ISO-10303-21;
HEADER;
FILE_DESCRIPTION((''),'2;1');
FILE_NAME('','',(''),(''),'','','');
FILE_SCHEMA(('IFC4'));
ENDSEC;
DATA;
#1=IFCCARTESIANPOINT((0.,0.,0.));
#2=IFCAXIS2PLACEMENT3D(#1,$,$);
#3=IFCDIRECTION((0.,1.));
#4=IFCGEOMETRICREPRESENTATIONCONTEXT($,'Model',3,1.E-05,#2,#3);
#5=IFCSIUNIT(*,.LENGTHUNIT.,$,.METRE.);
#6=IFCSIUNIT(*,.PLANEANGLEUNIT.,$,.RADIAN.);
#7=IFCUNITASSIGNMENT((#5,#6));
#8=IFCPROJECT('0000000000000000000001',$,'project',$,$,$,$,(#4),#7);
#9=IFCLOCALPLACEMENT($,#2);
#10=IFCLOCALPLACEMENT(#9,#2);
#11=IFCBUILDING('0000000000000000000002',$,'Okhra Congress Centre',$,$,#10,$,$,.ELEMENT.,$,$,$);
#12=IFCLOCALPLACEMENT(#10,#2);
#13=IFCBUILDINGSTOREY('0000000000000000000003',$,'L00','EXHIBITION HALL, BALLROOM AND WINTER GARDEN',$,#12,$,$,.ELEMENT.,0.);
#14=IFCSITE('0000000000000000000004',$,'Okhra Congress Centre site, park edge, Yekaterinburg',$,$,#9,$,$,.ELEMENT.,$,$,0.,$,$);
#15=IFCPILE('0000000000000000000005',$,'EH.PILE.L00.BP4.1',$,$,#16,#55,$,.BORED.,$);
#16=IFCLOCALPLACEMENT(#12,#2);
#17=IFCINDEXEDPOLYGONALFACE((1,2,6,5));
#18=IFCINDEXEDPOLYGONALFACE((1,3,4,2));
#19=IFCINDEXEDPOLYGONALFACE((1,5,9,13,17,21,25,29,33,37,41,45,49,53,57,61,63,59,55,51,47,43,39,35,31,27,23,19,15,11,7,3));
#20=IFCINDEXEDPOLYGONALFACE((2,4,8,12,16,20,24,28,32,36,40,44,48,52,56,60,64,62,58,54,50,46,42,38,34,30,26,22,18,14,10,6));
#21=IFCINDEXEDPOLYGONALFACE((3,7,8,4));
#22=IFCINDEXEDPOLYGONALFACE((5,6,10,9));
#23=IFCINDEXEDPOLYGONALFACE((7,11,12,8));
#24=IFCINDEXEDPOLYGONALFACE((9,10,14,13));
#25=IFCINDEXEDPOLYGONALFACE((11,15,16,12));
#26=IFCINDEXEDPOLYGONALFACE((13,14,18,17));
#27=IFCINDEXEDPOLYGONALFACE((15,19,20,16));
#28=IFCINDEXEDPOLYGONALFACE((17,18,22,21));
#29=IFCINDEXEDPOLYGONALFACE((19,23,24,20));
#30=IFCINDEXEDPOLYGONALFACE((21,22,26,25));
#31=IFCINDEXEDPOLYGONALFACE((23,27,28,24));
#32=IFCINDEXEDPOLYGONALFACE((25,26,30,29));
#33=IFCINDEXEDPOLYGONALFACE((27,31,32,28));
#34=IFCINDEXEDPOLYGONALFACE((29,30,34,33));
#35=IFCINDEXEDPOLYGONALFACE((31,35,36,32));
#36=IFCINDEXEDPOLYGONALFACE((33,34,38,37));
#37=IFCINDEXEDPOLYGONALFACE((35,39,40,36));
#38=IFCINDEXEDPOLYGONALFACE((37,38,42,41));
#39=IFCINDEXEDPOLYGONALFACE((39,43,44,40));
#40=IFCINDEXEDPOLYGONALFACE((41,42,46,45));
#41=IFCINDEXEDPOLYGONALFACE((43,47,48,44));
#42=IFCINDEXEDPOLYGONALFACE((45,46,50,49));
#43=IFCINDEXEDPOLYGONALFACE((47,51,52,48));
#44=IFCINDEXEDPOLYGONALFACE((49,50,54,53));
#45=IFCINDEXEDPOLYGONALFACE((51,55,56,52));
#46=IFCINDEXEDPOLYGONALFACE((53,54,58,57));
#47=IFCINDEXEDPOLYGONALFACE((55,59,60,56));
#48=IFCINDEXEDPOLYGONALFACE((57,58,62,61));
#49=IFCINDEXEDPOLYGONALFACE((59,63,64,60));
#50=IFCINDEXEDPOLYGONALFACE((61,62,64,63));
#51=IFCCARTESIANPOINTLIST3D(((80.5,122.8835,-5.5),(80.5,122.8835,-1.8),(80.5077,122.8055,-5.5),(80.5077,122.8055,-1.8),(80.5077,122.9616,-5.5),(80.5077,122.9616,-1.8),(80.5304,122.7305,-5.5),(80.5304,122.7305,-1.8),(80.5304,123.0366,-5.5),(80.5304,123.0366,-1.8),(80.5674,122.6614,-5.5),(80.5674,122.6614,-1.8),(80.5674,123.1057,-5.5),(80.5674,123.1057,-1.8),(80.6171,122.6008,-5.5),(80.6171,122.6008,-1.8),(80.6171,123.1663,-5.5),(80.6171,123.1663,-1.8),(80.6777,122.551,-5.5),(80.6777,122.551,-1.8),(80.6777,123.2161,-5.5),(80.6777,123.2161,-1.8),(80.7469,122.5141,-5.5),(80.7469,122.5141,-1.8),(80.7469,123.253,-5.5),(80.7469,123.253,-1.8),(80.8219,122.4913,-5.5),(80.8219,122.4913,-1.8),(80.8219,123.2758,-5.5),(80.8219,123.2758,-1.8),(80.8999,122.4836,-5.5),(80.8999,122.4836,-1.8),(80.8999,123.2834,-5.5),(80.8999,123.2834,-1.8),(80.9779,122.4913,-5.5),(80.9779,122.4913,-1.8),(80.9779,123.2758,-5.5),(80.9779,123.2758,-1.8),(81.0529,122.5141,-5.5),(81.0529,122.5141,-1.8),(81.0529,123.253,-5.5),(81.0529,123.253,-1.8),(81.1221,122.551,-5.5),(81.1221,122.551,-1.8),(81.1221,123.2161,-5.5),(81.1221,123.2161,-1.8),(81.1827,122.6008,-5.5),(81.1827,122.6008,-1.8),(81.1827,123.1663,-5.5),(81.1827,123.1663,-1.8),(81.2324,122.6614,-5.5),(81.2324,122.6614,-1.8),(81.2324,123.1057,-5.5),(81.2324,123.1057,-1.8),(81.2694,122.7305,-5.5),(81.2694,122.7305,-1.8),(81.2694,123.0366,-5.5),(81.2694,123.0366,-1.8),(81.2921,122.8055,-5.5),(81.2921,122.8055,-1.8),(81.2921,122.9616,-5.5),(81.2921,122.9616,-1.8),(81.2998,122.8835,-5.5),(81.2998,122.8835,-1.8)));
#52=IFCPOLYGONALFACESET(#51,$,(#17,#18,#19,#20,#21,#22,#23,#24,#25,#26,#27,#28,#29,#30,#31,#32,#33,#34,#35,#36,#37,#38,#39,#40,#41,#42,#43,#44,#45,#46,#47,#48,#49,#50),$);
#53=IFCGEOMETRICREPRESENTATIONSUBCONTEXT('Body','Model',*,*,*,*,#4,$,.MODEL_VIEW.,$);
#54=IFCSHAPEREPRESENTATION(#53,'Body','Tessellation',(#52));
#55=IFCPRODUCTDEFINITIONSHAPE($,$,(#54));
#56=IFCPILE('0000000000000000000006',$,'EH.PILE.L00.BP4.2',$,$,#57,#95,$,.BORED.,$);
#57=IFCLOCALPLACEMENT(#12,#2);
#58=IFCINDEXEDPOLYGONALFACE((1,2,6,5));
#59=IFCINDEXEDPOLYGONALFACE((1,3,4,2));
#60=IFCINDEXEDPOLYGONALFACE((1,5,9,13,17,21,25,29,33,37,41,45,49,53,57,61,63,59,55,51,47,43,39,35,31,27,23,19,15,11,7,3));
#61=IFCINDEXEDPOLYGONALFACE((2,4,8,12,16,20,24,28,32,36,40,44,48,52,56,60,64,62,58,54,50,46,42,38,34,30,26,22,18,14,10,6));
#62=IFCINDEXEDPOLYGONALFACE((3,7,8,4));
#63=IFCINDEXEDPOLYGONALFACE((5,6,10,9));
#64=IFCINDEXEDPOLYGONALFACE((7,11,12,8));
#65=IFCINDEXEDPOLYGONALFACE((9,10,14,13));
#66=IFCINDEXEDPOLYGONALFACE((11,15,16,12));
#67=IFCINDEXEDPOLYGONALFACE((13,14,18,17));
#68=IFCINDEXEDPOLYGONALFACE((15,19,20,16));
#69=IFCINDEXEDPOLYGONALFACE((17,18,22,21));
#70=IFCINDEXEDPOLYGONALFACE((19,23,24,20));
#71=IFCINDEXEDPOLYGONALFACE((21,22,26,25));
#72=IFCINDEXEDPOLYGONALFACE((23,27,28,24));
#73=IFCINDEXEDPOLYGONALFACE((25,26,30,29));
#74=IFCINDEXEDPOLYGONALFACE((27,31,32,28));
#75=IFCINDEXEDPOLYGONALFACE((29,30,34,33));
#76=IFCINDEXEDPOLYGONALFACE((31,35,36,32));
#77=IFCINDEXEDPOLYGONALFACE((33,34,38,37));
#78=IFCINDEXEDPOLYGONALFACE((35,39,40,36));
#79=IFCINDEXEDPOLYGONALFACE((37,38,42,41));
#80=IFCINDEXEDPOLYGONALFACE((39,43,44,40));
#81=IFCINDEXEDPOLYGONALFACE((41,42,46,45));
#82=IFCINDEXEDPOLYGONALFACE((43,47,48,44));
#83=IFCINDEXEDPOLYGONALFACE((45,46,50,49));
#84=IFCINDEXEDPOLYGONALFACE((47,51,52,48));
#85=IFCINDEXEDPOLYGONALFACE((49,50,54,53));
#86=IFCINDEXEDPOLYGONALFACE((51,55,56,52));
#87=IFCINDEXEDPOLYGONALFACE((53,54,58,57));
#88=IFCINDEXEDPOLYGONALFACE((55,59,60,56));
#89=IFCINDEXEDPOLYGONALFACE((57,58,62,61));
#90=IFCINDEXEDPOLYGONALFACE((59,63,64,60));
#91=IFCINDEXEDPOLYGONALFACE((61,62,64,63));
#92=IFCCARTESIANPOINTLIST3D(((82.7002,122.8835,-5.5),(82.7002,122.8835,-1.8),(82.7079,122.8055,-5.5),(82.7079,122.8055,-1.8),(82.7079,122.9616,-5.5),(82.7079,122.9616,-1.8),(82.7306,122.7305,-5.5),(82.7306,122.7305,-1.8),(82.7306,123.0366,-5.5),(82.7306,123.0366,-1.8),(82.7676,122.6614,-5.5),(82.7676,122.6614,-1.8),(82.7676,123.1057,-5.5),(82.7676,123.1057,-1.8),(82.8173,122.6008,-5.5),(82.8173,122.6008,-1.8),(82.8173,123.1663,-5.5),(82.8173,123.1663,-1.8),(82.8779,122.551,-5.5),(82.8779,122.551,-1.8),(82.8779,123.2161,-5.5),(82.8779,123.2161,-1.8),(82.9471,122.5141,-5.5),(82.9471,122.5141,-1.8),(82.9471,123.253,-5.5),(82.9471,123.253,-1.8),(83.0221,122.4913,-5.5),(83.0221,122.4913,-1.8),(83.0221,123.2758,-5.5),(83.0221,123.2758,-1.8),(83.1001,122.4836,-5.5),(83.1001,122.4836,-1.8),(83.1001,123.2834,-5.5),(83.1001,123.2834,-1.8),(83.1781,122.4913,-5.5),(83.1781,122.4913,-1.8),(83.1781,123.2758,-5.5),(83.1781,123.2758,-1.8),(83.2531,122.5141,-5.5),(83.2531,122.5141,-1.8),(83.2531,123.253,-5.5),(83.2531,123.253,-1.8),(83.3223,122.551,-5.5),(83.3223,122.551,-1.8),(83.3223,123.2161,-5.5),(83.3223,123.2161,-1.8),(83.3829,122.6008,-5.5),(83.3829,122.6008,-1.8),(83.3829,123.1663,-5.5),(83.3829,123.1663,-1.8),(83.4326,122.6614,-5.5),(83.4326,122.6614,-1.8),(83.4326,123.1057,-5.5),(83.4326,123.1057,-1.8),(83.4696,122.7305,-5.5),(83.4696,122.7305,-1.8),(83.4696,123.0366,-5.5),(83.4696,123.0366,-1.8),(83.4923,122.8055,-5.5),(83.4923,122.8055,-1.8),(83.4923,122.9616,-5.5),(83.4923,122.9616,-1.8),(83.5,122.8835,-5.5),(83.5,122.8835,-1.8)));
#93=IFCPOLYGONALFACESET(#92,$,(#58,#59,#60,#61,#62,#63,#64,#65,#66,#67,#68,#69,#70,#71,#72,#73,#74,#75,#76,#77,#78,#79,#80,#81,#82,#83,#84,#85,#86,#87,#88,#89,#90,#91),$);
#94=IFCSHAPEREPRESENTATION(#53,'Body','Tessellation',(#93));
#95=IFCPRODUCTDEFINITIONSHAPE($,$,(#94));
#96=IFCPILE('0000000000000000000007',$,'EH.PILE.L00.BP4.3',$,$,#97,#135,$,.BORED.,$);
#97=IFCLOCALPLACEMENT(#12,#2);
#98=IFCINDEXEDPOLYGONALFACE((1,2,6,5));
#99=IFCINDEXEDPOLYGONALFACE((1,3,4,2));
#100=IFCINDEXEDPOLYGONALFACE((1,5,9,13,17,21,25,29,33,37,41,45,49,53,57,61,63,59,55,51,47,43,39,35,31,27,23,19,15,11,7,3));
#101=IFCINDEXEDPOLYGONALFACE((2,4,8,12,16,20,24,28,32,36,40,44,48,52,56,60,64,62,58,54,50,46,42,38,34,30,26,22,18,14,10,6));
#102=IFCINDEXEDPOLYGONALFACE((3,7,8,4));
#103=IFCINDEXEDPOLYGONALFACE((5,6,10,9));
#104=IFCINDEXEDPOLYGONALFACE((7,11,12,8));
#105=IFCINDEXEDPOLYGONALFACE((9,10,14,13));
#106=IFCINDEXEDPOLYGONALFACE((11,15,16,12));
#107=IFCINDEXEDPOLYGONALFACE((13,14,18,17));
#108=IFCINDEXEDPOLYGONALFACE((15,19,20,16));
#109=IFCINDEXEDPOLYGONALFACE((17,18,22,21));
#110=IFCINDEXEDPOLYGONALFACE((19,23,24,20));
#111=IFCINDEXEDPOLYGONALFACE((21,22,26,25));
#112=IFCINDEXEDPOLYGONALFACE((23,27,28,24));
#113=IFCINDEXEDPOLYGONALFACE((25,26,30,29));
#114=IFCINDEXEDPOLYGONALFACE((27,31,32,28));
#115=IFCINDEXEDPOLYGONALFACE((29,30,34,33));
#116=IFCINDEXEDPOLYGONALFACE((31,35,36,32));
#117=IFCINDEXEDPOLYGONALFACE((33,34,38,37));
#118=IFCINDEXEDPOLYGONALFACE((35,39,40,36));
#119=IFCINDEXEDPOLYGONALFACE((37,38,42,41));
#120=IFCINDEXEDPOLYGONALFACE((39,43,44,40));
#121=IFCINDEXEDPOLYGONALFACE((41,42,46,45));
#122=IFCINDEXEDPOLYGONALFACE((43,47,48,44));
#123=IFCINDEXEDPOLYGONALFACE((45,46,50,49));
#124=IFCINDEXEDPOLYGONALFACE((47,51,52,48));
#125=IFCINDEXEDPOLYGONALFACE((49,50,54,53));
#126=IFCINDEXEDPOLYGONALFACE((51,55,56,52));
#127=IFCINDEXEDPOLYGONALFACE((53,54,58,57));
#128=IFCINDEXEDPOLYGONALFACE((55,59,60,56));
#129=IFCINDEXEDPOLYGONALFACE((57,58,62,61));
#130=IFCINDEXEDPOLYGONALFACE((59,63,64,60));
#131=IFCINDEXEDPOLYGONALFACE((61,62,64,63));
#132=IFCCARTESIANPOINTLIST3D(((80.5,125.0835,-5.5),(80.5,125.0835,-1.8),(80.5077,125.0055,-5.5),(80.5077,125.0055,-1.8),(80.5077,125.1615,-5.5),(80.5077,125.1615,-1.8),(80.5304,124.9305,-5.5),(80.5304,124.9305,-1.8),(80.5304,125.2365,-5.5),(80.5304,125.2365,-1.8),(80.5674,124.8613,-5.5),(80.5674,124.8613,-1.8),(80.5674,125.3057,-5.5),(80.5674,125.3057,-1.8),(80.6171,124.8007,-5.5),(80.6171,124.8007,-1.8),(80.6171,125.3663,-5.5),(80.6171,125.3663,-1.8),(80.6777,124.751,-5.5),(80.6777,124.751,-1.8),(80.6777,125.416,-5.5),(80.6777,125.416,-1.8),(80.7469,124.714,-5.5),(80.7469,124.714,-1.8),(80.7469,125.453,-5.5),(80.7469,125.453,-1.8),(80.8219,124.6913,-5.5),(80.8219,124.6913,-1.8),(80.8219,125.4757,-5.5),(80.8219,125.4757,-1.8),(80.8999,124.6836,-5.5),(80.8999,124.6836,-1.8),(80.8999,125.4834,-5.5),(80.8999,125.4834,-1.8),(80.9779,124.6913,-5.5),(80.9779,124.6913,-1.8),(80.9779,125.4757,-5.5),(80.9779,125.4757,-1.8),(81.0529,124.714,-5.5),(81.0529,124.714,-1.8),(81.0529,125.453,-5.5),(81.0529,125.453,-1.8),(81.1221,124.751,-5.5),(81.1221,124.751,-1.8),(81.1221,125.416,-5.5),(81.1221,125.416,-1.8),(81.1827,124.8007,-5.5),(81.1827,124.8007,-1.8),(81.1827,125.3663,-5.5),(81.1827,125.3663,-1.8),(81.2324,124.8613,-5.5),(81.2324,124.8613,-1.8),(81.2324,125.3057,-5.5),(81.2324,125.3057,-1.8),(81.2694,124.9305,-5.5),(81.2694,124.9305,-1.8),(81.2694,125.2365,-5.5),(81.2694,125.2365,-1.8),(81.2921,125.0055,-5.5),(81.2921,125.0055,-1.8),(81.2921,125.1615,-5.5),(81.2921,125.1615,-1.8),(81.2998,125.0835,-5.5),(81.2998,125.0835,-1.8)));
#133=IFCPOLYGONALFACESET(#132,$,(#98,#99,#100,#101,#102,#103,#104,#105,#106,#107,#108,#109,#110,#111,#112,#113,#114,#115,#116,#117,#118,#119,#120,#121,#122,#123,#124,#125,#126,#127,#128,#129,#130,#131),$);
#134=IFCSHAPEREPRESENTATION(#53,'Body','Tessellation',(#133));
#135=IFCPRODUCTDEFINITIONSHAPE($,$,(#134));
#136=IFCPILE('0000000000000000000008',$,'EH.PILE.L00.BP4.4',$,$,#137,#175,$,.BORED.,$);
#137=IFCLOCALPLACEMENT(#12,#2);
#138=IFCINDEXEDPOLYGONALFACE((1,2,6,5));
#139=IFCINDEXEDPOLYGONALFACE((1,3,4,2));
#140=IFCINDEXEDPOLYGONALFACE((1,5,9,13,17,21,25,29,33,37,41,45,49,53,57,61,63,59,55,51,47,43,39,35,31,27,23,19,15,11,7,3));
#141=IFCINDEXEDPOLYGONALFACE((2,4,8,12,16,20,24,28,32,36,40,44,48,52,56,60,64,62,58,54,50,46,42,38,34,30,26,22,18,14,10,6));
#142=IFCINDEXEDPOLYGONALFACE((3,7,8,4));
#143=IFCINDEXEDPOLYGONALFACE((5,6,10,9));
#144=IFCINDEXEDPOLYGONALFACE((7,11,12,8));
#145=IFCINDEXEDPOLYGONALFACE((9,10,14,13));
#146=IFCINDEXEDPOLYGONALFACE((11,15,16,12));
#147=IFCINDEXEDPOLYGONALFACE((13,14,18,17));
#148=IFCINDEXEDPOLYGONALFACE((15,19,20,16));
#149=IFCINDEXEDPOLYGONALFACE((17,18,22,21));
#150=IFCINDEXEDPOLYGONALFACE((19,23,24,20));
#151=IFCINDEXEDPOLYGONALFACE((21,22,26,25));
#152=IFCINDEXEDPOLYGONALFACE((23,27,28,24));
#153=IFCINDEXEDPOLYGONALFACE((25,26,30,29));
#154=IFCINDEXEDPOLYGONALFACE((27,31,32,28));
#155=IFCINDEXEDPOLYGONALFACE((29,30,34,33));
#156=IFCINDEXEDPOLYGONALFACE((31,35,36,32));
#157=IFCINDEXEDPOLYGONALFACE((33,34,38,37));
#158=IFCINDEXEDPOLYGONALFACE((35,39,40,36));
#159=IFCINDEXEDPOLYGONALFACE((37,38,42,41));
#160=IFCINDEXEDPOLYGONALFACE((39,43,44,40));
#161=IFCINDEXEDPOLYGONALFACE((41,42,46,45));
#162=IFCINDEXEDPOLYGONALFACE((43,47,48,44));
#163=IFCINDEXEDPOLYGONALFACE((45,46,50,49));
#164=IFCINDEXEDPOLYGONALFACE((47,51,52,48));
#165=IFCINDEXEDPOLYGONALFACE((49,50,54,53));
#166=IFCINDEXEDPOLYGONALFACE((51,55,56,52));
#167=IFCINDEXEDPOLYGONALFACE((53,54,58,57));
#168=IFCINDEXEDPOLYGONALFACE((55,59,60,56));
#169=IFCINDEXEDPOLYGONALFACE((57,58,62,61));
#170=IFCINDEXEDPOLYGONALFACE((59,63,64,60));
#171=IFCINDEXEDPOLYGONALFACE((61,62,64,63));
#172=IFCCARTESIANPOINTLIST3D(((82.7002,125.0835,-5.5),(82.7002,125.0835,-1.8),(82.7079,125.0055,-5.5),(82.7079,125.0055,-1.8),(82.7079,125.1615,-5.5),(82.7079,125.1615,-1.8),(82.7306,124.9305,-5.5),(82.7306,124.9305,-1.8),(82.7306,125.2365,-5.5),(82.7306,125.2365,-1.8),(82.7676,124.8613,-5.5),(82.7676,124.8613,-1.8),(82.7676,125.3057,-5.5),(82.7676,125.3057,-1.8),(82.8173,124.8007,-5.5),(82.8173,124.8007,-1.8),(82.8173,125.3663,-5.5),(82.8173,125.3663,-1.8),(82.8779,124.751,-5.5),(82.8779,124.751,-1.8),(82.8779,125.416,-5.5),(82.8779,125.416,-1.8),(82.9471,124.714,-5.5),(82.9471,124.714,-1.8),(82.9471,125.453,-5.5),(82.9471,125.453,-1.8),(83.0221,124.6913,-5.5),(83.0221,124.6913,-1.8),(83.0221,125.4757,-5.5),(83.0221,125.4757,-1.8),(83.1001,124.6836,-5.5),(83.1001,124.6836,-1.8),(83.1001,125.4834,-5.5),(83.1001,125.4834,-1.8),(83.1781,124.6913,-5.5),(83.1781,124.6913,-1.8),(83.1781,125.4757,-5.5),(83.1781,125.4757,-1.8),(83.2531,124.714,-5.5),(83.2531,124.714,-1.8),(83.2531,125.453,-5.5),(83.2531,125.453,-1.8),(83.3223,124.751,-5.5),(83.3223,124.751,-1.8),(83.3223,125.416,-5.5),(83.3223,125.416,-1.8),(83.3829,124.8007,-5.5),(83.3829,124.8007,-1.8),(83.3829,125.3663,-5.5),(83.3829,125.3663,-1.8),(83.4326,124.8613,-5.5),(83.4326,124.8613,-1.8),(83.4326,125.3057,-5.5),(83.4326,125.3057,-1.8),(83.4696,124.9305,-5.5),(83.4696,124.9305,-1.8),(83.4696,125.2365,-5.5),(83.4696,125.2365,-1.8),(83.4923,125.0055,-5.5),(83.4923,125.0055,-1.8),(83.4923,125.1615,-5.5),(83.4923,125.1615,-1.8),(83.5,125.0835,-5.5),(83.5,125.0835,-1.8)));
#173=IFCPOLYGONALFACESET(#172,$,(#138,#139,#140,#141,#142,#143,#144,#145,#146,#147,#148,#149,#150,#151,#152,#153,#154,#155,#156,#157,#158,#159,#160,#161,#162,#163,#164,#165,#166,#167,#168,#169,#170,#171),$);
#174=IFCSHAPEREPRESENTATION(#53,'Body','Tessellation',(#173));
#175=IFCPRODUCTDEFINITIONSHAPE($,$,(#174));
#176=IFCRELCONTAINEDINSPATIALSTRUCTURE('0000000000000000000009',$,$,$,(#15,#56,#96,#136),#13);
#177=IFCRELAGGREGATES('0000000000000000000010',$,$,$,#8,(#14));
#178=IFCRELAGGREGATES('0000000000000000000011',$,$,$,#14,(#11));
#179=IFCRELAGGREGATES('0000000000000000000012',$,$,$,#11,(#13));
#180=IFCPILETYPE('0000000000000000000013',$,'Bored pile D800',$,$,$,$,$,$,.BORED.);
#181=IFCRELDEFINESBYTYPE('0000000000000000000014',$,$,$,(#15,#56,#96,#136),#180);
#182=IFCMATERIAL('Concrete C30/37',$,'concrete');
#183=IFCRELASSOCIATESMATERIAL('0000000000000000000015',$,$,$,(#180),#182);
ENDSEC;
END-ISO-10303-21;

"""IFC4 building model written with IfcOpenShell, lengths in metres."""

from ifc_helpers import new_model, si_unit, direction, frame, origin, origin_2d, place, context, subcontext, project, spatial, circle, extrude, material, material_profile, profile_set, type_object, element, save


model = new_model("IFC4")

# Units and contexts
model_context = context("Model", 3, precision=1e-05, world=origin(), true_north=direction((0.0, 1.0)))
body_context = subcontext(model_context, "Body", "Model", "MODEL_VIEW")
ifc_project = project(units=[si_unit("LENGTHUNIT", "METRE"), si_unit("PLANEANGLEUNIT", "RADIAN")], contexts=[model_context])

# Site, building, storey
site_placement = place(None, origin())
site = spatial("IfcSite", under=ifc_project, at=site_placement, Name="Okhra Congress Centre site, park edge, Yekaterinburg", CompositionType="ELEMENT", RefElevation=0.0)
building_placement = place(site_placement, origin())
building = spatial("IfcBuilding", under=site, at=building_placement, Name="Okhra Congress Centre", CompositionType="ELEMENT")
storey_placement = place(building_placement, origin())
storey = spatial("IfcBuildingStorey", under=building, at=storey_placement, Name="L00", Description="EXHIBITION HALL, BALLROOM AND WINTER GARDEN", CompositionType="ELEMENT", Elevation=0.0)

# Piles
ifc_material_1 = material(Name="Concrete C30/37", Category="concrete")
ifc_material_profile_1 = material_profile(ifc_material_1, circle(Radius=0.3999, at=origin_2d()), Name="D800")
ifc_profile_set_1 = profile_set([ifc_material_profile_1], Name="Concrete C30/37")
pile_type_1 = type_object("IfcPileType", Name="Bored pile D800", PredefinedType="BORED", material=ifc_profile_set_1)
for number, where, z_axis, x_axis, name in (
    (1, (80.8999, 122.8835, -1.8), (0.0, 0.0, -1.0), (1.0, 0.0, 0.0), "EH.PILE.L00.BP4.1"),
    (2, (83.1001, 122.8835, -1.8), (0.0, 0.0, -1.0), (1.0, 0.0, 0.0), "EH.PILE.L00.BP4.2"),
    (3, (80.8999, 125.0835, -1.8), (0.0, 0.0, -1.0), (1.0, 0.0, 0.0), "EH.PILE.L00.BP4.3"),
    (4, (83.1001, 125.0835, -1.8), (0.0, 0.0, -1.0), (1.0, 0.0, 0.0), "EH.PILE.L00.BP4.4"),
):
    element("IfcPile", number, at=place(storey_placement, frame(where, z_axis=z_axis, x_axis=x_axis)), inside=storey, type_object=pile_type_1, Name=name, PredefinedType="BORED", context=body_context, shape_type="SweptSolid", body=[
        extrude(circle(Radius=0.3999, at=origin_2d()), origin(), (0.0, 0.0, 1.0), 3.7),
    ])

save(model, "model.ifc")
